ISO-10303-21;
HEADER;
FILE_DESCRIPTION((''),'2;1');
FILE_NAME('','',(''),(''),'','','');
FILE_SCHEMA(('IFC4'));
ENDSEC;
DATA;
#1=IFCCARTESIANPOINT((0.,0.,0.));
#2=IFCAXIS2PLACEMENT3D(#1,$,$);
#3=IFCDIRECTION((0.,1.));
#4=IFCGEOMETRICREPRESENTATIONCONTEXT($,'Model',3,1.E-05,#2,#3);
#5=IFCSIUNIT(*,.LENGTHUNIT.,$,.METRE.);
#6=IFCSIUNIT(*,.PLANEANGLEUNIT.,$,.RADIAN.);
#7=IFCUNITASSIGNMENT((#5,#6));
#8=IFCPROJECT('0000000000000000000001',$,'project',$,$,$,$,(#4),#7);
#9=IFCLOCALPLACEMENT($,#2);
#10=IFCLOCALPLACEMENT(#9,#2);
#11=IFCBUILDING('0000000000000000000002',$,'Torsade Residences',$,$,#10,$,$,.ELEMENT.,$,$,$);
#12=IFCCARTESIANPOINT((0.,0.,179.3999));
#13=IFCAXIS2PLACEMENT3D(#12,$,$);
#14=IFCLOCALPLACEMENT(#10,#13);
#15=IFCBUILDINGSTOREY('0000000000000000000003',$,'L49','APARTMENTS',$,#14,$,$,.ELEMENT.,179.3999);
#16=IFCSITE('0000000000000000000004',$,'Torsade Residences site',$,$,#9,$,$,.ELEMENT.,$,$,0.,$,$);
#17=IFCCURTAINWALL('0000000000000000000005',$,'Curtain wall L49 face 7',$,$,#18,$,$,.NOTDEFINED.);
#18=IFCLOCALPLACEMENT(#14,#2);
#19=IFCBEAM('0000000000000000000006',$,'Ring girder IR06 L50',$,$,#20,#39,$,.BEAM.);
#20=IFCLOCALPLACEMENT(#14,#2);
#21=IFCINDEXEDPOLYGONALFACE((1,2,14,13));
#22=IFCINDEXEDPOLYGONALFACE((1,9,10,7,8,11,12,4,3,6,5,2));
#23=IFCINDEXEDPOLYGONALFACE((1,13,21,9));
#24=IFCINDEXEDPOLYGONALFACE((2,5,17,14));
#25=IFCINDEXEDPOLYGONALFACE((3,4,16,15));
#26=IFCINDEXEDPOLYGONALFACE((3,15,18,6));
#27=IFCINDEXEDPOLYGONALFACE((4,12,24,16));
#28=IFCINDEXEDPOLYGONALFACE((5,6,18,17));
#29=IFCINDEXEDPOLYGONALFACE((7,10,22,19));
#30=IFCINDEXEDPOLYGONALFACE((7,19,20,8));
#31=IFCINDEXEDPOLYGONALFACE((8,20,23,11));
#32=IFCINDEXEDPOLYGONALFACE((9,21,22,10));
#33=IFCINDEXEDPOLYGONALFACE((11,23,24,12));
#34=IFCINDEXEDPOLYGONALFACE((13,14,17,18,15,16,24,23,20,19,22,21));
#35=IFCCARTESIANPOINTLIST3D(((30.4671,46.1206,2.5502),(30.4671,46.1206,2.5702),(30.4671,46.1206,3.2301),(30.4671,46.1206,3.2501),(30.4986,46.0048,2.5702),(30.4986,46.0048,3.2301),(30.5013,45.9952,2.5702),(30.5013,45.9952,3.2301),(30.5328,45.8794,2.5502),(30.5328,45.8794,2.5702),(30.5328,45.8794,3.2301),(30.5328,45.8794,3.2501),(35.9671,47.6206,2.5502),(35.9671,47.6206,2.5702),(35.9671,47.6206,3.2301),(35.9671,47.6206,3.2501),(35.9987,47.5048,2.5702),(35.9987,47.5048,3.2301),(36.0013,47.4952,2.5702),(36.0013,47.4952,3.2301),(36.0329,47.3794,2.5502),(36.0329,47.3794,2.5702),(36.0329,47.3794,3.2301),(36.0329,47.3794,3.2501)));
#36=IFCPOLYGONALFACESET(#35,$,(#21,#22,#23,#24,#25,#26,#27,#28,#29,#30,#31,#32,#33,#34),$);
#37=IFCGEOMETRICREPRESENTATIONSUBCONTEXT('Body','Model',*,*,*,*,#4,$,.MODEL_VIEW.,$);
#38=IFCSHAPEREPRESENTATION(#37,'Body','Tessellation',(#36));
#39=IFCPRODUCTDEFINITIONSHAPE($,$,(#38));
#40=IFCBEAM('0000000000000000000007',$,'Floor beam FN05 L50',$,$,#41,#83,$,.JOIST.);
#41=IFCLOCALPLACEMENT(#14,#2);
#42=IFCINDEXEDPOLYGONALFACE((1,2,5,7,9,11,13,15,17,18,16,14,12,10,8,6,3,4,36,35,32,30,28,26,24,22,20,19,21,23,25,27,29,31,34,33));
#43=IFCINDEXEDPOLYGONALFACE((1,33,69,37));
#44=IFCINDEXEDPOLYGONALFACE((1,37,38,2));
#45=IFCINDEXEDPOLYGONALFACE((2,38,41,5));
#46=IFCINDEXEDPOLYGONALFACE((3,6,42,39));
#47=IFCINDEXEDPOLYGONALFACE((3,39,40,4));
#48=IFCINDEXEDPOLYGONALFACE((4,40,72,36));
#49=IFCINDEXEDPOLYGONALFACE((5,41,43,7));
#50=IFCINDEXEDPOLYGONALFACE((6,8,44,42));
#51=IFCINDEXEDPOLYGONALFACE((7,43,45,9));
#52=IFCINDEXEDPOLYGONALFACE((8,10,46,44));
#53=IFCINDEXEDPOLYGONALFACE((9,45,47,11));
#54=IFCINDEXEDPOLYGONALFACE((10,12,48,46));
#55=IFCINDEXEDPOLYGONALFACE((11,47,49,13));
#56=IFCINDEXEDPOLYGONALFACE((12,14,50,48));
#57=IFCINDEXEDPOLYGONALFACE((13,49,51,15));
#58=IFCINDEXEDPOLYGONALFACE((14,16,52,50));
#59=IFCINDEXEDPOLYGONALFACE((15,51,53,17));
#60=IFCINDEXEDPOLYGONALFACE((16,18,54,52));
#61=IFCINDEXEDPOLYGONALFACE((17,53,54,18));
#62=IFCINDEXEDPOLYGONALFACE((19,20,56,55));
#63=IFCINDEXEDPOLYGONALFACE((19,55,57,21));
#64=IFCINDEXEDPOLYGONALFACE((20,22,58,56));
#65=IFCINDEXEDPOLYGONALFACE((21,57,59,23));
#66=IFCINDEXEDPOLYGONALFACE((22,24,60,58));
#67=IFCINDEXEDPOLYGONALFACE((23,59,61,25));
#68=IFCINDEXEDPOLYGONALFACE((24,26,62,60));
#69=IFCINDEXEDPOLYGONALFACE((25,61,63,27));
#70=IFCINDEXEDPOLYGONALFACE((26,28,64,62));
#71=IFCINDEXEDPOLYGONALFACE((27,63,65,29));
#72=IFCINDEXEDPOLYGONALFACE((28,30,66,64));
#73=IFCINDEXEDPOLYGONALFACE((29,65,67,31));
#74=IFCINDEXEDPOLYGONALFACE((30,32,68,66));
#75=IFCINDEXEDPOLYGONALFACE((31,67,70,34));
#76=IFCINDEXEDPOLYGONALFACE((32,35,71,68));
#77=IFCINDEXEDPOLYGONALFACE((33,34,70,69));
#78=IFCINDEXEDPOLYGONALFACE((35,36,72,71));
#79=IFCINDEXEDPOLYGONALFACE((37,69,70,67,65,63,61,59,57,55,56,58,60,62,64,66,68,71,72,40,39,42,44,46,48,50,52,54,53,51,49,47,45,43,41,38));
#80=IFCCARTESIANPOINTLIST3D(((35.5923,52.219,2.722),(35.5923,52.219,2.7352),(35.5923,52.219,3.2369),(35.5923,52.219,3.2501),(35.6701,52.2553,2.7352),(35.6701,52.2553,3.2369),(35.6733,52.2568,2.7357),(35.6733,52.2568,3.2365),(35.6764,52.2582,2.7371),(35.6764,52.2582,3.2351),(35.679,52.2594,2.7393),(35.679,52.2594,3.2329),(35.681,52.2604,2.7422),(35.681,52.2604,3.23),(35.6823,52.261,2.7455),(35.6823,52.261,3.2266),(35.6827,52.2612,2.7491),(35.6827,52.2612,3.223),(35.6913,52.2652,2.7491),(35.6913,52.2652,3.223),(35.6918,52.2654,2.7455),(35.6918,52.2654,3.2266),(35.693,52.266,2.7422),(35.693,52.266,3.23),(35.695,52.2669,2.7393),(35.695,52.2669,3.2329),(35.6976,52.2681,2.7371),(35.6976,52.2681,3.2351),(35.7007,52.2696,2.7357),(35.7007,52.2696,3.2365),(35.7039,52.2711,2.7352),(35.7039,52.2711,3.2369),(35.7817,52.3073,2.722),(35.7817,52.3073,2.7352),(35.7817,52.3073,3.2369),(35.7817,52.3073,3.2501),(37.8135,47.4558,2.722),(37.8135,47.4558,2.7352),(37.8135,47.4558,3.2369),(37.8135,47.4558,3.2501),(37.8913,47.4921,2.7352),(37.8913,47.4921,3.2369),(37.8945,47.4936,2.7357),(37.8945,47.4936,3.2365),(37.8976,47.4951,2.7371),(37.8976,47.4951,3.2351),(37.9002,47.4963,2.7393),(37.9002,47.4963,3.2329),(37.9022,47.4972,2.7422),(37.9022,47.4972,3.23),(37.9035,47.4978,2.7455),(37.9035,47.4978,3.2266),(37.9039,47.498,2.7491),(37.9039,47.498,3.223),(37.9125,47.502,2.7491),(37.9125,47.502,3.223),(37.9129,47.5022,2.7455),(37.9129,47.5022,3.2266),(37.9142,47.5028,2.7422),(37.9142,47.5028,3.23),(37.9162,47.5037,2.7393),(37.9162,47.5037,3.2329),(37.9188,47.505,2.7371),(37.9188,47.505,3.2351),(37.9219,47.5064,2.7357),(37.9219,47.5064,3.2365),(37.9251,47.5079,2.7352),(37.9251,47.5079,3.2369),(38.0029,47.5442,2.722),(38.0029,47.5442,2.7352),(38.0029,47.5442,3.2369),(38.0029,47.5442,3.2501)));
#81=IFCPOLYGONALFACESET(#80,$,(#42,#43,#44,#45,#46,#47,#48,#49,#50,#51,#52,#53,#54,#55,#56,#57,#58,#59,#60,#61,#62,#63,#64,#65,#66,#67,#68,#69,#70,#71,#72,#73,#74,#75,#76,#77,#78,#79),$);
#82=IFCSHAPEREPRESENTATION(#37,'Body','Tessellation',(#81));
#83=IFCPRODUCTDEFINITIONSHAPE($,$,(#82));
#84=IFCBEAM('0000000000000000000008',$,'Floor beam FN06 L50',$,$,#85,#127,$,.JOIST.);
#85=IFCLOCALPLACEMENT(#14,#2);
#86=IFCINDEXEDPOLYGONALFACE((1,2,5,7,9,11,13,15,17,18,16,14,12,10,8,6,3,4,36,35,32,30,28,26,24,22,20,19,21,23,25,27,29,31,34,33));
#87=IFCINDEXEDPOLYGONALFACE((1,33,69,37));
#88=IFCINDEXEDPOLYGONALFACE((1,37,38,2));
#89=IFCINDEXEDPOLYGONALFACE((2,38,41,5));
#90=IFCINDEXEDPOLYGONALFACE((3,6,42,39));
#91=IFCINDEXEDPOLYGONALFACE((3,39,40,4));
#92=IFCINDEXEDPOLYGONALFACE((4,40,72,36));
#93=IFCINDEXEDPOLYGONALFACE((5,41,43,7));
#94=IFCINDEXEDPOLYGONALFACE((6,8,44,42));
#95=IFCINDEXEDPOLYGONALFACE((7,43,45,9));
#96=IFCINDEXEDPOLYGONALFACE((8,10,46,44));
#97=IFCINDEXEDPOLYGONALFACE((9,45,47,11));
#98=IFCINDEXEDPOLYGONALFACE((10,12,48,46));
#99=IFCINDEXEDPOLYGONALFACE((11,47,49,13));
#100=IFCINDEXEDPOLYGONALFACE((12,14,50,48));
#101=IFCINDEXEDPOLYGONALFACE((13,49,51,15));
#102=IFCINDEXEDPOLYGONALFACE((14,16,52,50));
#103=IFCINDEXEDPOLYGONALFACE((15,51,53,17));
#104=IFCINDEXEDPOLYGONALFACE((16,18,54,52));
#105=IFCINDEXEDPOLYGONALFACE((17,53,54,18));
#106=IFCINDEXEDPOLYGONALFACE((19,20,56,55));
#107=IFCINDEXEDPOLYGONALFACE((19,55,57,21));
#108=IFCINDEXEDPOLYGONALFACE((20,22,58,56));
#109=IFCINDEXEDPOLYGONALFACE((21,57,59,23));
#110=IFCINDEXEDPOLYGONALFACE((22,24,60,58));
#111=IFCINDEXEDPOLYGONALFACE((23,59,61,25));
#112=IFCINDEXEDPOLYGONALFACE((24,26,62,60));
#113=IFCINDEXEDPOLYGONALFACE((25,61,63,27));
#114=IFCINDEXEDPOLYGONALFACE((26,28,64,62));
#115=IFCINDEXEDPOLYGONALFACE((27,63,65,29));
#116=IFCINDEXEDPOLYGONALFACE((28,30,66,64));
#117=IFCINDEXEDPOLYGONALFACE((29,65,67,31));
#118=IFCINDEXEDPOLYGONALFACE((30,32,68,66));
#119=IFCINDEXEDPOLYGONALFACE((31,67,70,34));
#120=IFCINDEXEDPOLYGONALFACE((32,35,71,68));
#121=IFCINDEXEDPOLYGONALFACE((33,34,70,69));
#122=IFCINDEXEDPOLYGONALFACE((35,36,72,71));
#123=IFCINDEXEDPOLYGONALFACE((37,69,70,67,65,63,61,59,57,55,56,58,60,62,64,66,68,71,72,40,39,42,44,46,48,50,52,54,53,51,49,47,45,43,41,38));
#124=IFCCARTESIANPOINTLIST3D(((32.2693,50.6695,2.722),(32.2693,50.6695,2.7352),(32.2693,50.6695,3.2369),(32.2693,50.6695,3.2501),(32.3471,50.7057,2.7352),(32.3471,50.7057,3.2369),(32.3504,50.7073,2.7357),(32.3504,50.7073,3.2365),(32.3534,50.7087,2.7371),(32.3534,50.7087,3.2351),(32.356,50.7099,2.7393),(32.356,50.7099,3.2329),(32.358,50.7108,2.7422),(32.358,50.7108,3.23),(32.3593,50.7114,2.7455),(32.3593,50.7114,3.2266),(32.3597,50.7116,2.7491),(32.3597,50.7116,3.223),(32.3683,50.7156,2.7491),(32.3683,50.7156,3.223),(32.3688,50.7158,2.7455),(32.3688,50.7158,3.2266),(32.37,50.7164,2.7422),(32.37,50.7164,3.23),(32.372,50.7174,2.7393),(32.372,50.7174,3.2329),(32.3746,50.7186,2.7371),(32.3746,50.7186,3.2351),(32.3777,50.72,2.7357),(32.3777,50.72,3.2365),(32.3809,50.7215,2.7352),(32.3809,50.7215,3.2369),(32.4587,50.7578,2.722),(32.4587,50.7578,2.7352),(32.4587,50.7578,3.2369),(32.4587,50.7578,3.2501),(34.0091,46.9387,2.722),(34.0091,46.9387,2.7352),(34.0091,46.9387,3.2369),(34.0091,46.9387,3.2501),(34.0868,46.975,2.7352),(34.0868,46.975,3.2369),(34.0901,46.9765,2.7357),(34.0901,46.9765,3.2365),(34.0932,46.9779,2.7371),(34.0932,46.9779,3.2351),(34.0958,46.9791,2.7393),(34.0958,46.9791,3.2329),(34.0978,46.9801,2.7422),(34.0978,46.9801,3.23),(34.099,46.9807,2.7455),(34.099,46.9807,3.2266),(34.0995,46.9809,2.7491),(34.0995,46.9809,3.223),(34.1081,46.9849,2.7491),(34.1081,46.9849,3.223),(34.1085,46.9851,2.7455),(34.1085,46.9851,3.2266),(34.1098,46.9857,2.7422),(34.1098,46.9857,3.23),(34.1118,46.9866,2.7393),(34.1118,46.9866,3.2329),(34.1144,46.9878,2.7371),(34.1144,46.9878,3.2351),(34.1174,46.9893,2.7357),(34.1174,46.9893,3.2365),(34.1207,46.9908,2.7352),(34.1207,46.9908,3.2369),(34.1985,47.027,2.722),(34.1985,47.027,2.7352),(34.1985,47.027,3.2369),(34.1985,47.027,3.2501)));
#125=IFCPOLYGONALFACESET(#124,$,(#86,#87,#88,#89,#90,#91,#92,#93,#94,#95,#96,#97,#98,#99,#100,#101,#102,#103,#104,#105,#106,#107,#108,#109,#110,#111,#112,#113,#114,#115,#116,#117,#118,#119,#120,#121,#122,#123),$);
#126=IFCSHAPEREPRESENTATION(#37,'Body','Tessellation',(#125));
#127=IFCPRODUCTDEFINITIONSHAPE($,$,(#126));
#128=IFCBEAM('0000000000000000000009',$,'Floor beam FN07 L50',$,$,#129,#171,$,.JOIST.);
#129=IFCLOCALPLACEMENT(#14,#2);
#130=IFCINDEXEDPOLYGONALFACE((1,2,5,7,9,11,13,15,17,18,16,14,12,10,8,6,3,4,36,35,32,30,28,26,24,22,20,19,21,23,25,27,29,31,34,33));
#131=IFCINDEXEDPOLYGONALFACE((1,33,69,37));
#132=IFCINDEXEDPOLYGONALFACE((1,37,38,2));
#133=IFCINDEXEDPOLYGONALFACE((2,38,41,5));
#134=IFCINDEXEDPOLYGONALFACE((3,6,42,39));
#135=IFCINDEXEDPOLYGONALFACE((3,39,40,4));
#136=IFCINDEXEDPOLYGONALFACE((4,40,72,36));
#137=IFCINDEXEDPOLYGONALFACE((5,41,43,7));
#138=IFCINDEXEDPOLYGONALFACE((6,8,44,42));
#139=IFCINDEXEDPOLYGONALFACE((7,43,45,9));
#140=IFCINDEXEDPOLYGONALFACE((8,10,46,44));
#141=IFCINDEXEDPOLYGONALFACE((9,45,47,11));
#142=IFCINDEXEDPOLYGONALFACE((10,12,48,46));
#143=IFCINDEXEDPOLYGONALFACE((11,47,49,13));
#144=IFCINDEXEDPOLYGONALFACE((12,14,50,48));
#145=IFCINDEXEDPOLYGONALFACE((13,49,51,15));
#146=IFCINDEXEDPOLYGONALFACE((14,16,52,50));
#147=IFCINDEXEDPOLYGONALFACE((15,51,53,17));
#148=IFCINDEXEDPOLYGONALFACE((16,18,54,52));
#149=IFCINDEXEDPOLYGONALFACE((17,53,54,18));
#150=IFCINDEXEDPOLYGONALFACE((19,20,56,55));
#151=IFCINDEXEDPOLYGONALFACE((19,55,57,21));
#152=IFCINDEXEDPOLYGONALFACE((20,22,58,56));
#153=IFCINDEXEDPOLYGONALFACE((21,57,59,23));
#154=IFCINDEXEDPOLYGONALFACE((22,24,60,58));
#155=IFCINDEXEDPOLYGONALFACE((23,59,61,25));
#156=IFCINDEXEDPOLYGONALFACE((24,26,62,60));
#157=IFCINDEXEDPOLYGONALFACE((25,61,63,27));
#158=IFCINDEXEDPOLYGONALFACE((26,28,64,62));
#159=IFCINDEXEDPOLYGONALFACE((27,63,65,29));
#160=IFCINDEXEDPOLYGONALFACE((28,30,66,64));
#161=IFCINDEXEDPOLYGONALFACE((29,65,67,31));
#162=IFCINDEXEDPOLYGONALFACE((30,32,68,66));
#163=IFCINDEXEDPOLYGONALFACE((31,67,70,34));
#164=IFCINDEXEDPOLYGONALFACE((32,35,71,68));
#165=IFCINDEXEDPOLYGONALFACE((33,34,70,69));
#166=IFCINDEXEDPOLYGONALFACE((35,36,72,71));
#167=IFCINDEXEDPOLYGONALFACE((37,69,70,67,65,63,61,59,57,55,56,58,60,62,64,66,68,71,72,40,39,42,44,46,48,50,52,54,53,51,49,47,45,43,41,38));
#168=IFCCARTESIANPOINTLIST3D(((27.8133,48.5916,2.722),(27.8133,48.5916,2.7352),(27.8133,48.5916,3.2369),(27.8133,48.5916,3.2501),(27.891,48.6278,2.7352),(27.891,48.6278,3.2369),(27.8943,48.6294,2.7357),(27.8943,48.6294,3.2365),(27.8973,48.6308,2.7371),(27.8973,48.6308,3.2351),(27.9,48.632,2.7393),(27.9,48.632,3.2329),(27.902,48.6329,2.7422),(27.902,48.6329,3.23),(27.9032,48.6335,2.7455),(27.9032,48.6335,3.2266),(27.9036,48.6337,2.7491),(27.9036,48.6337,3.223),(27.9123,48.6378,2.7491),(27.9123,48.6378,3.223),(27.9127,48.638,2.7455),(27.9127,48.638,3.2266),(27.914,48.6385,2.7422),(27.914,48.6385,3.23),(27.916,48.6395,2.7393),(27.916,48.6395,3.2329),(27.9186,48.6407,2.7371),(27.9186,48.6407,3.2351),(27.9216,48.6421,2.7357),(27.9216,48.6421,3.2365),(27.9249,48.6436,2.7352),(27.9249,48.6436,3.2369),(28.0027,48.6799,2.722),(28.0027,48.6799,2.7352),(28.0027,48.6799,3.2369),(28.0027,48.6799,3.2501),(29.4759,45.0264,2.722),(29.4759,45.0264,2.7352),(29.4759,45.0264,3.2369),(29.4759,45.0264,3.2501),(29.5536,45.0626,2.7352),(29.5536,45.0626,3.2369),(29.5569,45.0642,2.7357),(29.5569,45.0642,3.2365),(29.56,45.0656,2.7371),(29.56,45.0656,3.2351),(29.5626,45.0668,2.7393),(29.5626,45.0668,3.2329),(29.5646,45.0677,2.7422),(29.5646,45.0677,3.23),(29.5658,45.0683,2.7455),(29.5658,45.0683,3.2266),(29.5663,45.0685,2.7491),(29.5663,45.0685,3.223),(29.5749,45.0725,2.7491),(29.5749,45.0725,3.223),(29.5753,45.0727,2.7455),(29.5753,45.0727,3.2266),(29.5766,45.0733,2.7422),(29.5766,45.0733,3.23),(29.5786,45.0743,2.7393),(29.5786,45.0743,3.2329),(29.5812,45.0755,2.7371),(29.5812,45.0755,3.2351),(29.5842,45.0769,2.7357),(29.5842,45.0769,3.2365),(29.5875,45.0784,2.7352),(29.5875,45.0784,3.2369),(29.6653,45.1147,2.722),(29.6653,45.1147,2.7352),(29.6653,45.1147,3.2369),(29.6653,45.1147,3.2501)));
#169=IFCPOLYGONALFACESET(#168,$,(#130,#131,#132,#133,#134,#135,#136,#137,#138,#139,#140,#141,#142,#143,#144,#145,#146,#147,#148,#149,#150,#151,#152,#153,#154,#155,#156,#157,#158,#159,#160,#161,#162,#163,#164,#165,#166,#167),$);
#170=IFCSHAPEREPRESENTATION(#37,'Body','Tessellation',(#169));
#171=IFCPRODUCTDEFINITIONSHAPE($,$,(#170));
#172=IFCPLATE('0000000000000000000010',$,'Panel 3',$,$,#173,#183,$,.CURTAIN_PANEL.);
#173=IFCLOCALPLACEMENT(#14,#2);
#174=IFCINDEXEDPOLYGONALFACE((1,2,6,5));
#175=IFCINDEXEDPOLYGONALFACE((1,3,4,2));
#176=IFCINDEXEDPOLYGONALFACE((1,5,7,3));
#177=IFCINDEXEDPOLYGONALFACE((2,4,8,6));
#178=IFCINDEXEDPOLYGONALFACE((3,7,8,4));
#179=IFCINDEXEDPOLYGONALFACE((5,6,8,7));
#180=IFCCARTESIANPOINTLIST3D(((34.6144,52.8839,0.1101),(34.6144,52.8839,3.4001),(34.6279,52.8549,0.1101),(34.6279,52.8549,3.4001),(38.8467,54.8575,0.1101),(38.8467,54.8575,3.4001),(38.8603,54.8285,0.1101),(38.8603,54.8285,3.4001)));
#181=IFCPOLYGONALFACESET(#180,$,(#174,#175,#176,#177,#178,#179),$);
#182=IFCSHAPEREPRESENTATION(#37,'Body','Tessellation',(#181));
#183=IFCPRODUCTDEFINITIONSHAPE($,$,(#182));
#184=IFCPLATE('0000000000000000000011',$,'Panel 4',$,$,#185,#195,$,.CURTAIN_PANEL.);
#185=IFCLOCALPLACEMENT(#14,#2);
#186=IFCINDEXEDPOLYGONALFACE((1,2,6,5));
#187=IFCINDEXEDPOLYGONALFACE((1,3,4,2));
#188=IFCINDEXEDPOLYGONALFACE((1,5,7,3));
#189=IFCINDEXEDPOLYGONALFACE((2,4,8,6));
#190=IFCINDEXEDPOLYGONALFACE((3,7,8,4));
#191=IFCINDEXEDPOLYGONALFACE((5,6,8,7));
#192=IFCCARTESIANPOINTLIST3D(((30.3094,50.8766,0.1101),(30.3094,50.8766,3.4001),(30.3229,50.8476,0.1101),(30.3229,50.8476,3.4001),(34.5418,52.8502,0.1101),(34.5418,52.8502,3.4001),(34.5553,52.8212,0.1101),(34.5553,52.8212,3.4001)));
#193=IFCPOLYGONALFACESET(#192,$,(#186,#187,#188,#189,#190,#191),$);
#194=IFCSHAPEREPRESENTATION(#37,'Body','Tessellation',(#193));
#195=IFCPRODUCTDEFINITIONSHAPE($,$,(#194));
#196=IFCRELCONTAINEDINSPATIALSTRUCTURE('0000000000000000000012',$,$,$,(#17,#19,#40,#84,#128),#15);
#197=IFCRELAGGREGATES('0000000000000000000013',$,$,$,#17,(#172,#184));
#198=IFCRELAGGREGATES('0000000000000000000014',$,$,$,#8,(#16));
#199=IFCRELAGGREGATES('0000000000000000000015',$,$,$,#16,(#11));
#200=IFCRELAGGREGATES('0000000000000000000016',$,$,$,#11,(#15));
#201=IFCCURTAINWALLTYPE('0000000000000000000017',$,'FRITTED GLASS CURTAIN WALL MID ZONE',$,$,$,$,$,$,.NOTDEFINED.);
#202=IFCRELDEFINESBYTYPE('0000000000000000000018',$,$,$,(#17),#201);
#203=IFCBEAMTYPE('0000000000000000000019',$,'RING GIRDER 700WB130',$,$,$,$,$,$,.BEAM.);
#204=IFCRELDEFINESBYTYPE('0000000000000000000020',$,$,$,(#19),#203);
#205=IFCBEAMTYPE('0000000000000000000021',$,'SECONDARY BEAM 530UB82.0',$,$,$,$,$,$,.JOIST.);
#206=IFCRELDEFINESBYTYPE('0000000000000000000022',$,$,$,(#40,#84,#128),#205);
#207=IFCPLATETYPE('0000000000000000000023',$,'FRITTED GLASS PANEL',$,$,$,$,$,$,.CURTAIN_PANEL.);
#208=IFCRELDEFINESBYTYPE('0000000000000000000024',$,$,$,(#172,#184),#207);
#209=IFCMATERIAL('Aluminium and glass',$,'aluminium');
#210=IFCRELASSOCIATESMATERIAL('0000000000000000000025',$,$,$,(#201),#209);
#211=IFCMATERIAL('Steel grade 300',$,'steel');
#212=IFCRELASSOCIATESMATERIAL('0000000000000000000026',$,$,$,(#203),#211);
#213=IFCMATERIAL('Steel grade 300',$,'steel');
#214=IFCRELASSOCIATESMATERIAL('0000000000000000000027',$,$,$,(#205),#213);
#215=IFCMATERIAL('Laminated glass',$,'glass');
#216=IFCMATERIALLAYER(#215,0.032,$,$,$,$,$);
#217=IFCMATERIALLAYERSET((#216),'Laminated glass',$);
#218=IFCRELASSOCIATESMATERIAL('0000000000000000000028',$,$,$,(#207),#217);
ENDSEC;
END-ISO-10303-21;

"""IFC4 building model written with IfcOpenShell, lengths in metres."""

from ifc_helpers import new_model, si_unit, direction, frame, origin, origin_2d, place, context, subcontext, project, spatial, rectangle, i_section, extrude, material, layer, layer_set, material_profile, profile_set, type_object, element, aggregate, save


model = new_model("IFC4")

# Units and contexts
model_context = context("Model", 3, precision=1e-05, world=origin(), true_north=direction((0.0, 1.0)))
body_context = subcontext(model_context, "Body", "Model", "MODEL_VIEW")
ifc_project = project(units=[si_unit("LENGTHUNIT", "METRE"), si_unit("PLANEANGLEUNIT", "RADIAN")], contexts=[model_context])

# Site, building, storey
site_placement = place(None, origin())
site = spatial("IfcSite", under=ifc_project, at=site_placement, Name="Torsade Residences site", CompositionType="ELEMENT", RefElevation=0.0)
building_placement = place(site_placement, origin())
building = spatial("IfcBuilding", under=site, at=building_placement, Name="Torsade Residences", CompositionType="ELEMENT")
storey_placement = place(building_placement, frame((0.0, 0.0, 179.3999)))
storey = spatial("IfcBuildingStorey", under=building, at=storey_placement, Name="L49", Description="APARTMENTS", CompositionType="ELEMENT", Elevation=179.3999)

# Curtain wall
ifc_material_1 = material(Name="Aluminium and glass", Category="aluminium")
curtain_wall_type = type_object("IfcCurtainWallType", Name="FRITTED GLASS CURTAIN WALL MID ZONE", PredefinedType="NOTDEFINED", material=ifc_material_1)
curtain_wall_placement = place(storey_placement, origin())
curtain_wall = element("IfcCurtainWall", 1, at=curtain_wall_placement, inside=storey, type_object=curtain_wall_type, Name="Curtain wall L49 face 7", PredefinedType="NOTDEFINED")

# Beams
ifc_material_2 = material(Name="Steel grade 300", Category="steel")
ifc_material_profile_1 = material_profile(ifc_material_2, i_section(OverallWidth=0.25, OverallDepth=0.7, WebThickness=0.01, FlangeThickness=0.02, at=origin_2d()), Name="700WB130")
ifc_profile_set_1 = profile_set([ifc_material_profile_1], Name="Steel grade 300")
beam_type_1 = type_object("IfcBeamType", Name="RING GIRDER 700WB130", PredefinedType="BEAM", material=ifc_profile_set_1)
beam_1_placement = place(storey_placement, frame((36.0, 47.5, 2.9001), z_axis=(-0.964764, -0.263117, 0.0), x_axis=(0.263117, -0.964764, 0.0)))
element("IfcBeam", 2, at=beam_1_placement, inside=storey, type_object=beam_type_1, Name="Ring girder IR06 L50", PredefinedType="BEAM", context=body_context, shape_type="SweptSolid", body=[
    extrude(i_section(OverallWidth=0.25, OverallDepth=0.7, WebThickness=0.01, FlangeThickness=0.02, at=origin_2d()), origin(), (0.0, 0.0, 1.0), 5.7009),
])
ifc_material_3 = material(Name="Steel grade 300", Category="steel")
ifc_material_profile_2 = material_profile(ifc_material_3, i_section(OverallWidth=0.209, OverallDepth=0.5281, WebThickness=0.0095, FlangeThickness=0.0132, FilletRadius=0.0139, at=origin_2d()), Name="530UB82.0")
ifc_profile_set_2 = profile_set([ifc_material_profile_2], Name="Steel grade 300")
beam_type_2 = type_object("IfcBeamType", Name="SECONDARY BEAM 530UB82.0", PredefinedType="JOIST", material=ifc_profile_set_2)
beam_2_placement = place(storey_placement, frame((35.687, 52.2632, 2.9861), z_axis=(0.422631, -0.906302, 0.0), x_axis=(0.906302, 0.422631, 0.0)))
element("IfcBeam", 3, at=beam_2_placement, inside=storey, type_object=beam_type_2, Name="Floor beam FN05 L50", PredefinedType="JOIST", context=body_context, shape_type="SweptSolid", body=[
    extrude(i_section(OverallWidth=0.209, OverallDepth=0.5281, WebThickness=0.0095, FlangeThickness=0.0132, FilletRadius=0.0139, at=origin_2d()), origin(), (0.0, 0.0, 1.0), 5.2556),
])
beam_3_placement = place(storey_placement, frame((32.364, 50.7136, 2.9861), z_axis=(0.422635, -0.9063, 0.0), x_axis=(0.9063, 0.422635, 0.0)))
element("IfcBeam", 4, at=beam_3_placement, inside=storey, type_object=beam_type_2, Name="Floor beam FN06 L50", PredefinedType="JOIST", context=body_context, shape_type="SweptSolid", body=[
    extrude(i_section(OverallWidth=0.209, OverallDepth=0.5281, WebThickness=0.0095, FlangeThickness=0.0132, FilletRadius=0.0139, at=origin_2d()), origin(), (0.0, 0.0, 1.0), 4.1165),
])
beam_4_placement = place(storey_placement, frame((27.908, 48.6357, 2.9861), z_axis=(0.422644, -0.906296, 0.0), x_axis=(0.906296, 0.422644, 0.0)))
element("IfcBeam", 5, at=beam_4_placement, inside=storey, type_object=beam_type_2, Name="Floor beam FN07 L50", PredefinedType="JOIST", context=body_context, shape_type="SweptSolid", body=[
    extrude(i_section(OverallWidth=0.209, OverallDepth=0.5281, WebThickness=0.0095, FlangeThickness=0.0132, FilletRadius=0.0139, at=origin_2d()), origin(), (0.0, 0.0, 1.0), 3.9338),
])

# Plates
ifc_material_4 = material(Name="Laminated glass", Category="glass")
ifc_layer_1 = layer(ifc_material_4, 0.032)
ifc_layer_set_1 = layer_set([ifc_layer_1], Name="Laminated glass")
plate_type = type_object("IfcPlateType", Name="FRITTED GLASS PANEL", PredefinedType="CURTAIN_PANEL", material=ifc_layer_set_1)
plate_1_placement = place(storey_placement, frame((36.7373, 53.8562, 0.1101), z_axis=(0.0, 0.0, 1.0), x_axis=(-0.906308, -0.422618, 0.0)))
plate_1 = element("IfcPlate", 6, at=plate_1_placement, type_object=plate_type, Name="Panel 3", PredefinedType="CURTAIN_PANEL", context=body_context, shape_type="SweptSolid", body=[
    extrude(rectangle(XDim=4.6699, YDim=0.032, at=origin_2d()), origin(), (0.0, 0.0, 1.0), 3.29),
])
plate_2_placement = place(storey_placement, frame((32.4324, 51.8489, 0.1101), z_axis=(0.0, 0.0, 1.0), x_axis=(-0.906308, -0.422618, 0.0)))
plate_2 = element("IfcPlate", 7, at=plate_2_placement, type_object=plate_type, Name="Panel 4", PredefinedType="CURTAIN_PANEL", context=body_context, shape_type="SweptSolid", body=[
    extrude(rectangle(XDim=4.6699, YDim=0.032, at=origin_2d()), origin(), (0.0, 0.0, 1.0), 3.29),
])
aggregate(curtain_wall, [plate_1, plate_2])

save(model, "model.ifc")
